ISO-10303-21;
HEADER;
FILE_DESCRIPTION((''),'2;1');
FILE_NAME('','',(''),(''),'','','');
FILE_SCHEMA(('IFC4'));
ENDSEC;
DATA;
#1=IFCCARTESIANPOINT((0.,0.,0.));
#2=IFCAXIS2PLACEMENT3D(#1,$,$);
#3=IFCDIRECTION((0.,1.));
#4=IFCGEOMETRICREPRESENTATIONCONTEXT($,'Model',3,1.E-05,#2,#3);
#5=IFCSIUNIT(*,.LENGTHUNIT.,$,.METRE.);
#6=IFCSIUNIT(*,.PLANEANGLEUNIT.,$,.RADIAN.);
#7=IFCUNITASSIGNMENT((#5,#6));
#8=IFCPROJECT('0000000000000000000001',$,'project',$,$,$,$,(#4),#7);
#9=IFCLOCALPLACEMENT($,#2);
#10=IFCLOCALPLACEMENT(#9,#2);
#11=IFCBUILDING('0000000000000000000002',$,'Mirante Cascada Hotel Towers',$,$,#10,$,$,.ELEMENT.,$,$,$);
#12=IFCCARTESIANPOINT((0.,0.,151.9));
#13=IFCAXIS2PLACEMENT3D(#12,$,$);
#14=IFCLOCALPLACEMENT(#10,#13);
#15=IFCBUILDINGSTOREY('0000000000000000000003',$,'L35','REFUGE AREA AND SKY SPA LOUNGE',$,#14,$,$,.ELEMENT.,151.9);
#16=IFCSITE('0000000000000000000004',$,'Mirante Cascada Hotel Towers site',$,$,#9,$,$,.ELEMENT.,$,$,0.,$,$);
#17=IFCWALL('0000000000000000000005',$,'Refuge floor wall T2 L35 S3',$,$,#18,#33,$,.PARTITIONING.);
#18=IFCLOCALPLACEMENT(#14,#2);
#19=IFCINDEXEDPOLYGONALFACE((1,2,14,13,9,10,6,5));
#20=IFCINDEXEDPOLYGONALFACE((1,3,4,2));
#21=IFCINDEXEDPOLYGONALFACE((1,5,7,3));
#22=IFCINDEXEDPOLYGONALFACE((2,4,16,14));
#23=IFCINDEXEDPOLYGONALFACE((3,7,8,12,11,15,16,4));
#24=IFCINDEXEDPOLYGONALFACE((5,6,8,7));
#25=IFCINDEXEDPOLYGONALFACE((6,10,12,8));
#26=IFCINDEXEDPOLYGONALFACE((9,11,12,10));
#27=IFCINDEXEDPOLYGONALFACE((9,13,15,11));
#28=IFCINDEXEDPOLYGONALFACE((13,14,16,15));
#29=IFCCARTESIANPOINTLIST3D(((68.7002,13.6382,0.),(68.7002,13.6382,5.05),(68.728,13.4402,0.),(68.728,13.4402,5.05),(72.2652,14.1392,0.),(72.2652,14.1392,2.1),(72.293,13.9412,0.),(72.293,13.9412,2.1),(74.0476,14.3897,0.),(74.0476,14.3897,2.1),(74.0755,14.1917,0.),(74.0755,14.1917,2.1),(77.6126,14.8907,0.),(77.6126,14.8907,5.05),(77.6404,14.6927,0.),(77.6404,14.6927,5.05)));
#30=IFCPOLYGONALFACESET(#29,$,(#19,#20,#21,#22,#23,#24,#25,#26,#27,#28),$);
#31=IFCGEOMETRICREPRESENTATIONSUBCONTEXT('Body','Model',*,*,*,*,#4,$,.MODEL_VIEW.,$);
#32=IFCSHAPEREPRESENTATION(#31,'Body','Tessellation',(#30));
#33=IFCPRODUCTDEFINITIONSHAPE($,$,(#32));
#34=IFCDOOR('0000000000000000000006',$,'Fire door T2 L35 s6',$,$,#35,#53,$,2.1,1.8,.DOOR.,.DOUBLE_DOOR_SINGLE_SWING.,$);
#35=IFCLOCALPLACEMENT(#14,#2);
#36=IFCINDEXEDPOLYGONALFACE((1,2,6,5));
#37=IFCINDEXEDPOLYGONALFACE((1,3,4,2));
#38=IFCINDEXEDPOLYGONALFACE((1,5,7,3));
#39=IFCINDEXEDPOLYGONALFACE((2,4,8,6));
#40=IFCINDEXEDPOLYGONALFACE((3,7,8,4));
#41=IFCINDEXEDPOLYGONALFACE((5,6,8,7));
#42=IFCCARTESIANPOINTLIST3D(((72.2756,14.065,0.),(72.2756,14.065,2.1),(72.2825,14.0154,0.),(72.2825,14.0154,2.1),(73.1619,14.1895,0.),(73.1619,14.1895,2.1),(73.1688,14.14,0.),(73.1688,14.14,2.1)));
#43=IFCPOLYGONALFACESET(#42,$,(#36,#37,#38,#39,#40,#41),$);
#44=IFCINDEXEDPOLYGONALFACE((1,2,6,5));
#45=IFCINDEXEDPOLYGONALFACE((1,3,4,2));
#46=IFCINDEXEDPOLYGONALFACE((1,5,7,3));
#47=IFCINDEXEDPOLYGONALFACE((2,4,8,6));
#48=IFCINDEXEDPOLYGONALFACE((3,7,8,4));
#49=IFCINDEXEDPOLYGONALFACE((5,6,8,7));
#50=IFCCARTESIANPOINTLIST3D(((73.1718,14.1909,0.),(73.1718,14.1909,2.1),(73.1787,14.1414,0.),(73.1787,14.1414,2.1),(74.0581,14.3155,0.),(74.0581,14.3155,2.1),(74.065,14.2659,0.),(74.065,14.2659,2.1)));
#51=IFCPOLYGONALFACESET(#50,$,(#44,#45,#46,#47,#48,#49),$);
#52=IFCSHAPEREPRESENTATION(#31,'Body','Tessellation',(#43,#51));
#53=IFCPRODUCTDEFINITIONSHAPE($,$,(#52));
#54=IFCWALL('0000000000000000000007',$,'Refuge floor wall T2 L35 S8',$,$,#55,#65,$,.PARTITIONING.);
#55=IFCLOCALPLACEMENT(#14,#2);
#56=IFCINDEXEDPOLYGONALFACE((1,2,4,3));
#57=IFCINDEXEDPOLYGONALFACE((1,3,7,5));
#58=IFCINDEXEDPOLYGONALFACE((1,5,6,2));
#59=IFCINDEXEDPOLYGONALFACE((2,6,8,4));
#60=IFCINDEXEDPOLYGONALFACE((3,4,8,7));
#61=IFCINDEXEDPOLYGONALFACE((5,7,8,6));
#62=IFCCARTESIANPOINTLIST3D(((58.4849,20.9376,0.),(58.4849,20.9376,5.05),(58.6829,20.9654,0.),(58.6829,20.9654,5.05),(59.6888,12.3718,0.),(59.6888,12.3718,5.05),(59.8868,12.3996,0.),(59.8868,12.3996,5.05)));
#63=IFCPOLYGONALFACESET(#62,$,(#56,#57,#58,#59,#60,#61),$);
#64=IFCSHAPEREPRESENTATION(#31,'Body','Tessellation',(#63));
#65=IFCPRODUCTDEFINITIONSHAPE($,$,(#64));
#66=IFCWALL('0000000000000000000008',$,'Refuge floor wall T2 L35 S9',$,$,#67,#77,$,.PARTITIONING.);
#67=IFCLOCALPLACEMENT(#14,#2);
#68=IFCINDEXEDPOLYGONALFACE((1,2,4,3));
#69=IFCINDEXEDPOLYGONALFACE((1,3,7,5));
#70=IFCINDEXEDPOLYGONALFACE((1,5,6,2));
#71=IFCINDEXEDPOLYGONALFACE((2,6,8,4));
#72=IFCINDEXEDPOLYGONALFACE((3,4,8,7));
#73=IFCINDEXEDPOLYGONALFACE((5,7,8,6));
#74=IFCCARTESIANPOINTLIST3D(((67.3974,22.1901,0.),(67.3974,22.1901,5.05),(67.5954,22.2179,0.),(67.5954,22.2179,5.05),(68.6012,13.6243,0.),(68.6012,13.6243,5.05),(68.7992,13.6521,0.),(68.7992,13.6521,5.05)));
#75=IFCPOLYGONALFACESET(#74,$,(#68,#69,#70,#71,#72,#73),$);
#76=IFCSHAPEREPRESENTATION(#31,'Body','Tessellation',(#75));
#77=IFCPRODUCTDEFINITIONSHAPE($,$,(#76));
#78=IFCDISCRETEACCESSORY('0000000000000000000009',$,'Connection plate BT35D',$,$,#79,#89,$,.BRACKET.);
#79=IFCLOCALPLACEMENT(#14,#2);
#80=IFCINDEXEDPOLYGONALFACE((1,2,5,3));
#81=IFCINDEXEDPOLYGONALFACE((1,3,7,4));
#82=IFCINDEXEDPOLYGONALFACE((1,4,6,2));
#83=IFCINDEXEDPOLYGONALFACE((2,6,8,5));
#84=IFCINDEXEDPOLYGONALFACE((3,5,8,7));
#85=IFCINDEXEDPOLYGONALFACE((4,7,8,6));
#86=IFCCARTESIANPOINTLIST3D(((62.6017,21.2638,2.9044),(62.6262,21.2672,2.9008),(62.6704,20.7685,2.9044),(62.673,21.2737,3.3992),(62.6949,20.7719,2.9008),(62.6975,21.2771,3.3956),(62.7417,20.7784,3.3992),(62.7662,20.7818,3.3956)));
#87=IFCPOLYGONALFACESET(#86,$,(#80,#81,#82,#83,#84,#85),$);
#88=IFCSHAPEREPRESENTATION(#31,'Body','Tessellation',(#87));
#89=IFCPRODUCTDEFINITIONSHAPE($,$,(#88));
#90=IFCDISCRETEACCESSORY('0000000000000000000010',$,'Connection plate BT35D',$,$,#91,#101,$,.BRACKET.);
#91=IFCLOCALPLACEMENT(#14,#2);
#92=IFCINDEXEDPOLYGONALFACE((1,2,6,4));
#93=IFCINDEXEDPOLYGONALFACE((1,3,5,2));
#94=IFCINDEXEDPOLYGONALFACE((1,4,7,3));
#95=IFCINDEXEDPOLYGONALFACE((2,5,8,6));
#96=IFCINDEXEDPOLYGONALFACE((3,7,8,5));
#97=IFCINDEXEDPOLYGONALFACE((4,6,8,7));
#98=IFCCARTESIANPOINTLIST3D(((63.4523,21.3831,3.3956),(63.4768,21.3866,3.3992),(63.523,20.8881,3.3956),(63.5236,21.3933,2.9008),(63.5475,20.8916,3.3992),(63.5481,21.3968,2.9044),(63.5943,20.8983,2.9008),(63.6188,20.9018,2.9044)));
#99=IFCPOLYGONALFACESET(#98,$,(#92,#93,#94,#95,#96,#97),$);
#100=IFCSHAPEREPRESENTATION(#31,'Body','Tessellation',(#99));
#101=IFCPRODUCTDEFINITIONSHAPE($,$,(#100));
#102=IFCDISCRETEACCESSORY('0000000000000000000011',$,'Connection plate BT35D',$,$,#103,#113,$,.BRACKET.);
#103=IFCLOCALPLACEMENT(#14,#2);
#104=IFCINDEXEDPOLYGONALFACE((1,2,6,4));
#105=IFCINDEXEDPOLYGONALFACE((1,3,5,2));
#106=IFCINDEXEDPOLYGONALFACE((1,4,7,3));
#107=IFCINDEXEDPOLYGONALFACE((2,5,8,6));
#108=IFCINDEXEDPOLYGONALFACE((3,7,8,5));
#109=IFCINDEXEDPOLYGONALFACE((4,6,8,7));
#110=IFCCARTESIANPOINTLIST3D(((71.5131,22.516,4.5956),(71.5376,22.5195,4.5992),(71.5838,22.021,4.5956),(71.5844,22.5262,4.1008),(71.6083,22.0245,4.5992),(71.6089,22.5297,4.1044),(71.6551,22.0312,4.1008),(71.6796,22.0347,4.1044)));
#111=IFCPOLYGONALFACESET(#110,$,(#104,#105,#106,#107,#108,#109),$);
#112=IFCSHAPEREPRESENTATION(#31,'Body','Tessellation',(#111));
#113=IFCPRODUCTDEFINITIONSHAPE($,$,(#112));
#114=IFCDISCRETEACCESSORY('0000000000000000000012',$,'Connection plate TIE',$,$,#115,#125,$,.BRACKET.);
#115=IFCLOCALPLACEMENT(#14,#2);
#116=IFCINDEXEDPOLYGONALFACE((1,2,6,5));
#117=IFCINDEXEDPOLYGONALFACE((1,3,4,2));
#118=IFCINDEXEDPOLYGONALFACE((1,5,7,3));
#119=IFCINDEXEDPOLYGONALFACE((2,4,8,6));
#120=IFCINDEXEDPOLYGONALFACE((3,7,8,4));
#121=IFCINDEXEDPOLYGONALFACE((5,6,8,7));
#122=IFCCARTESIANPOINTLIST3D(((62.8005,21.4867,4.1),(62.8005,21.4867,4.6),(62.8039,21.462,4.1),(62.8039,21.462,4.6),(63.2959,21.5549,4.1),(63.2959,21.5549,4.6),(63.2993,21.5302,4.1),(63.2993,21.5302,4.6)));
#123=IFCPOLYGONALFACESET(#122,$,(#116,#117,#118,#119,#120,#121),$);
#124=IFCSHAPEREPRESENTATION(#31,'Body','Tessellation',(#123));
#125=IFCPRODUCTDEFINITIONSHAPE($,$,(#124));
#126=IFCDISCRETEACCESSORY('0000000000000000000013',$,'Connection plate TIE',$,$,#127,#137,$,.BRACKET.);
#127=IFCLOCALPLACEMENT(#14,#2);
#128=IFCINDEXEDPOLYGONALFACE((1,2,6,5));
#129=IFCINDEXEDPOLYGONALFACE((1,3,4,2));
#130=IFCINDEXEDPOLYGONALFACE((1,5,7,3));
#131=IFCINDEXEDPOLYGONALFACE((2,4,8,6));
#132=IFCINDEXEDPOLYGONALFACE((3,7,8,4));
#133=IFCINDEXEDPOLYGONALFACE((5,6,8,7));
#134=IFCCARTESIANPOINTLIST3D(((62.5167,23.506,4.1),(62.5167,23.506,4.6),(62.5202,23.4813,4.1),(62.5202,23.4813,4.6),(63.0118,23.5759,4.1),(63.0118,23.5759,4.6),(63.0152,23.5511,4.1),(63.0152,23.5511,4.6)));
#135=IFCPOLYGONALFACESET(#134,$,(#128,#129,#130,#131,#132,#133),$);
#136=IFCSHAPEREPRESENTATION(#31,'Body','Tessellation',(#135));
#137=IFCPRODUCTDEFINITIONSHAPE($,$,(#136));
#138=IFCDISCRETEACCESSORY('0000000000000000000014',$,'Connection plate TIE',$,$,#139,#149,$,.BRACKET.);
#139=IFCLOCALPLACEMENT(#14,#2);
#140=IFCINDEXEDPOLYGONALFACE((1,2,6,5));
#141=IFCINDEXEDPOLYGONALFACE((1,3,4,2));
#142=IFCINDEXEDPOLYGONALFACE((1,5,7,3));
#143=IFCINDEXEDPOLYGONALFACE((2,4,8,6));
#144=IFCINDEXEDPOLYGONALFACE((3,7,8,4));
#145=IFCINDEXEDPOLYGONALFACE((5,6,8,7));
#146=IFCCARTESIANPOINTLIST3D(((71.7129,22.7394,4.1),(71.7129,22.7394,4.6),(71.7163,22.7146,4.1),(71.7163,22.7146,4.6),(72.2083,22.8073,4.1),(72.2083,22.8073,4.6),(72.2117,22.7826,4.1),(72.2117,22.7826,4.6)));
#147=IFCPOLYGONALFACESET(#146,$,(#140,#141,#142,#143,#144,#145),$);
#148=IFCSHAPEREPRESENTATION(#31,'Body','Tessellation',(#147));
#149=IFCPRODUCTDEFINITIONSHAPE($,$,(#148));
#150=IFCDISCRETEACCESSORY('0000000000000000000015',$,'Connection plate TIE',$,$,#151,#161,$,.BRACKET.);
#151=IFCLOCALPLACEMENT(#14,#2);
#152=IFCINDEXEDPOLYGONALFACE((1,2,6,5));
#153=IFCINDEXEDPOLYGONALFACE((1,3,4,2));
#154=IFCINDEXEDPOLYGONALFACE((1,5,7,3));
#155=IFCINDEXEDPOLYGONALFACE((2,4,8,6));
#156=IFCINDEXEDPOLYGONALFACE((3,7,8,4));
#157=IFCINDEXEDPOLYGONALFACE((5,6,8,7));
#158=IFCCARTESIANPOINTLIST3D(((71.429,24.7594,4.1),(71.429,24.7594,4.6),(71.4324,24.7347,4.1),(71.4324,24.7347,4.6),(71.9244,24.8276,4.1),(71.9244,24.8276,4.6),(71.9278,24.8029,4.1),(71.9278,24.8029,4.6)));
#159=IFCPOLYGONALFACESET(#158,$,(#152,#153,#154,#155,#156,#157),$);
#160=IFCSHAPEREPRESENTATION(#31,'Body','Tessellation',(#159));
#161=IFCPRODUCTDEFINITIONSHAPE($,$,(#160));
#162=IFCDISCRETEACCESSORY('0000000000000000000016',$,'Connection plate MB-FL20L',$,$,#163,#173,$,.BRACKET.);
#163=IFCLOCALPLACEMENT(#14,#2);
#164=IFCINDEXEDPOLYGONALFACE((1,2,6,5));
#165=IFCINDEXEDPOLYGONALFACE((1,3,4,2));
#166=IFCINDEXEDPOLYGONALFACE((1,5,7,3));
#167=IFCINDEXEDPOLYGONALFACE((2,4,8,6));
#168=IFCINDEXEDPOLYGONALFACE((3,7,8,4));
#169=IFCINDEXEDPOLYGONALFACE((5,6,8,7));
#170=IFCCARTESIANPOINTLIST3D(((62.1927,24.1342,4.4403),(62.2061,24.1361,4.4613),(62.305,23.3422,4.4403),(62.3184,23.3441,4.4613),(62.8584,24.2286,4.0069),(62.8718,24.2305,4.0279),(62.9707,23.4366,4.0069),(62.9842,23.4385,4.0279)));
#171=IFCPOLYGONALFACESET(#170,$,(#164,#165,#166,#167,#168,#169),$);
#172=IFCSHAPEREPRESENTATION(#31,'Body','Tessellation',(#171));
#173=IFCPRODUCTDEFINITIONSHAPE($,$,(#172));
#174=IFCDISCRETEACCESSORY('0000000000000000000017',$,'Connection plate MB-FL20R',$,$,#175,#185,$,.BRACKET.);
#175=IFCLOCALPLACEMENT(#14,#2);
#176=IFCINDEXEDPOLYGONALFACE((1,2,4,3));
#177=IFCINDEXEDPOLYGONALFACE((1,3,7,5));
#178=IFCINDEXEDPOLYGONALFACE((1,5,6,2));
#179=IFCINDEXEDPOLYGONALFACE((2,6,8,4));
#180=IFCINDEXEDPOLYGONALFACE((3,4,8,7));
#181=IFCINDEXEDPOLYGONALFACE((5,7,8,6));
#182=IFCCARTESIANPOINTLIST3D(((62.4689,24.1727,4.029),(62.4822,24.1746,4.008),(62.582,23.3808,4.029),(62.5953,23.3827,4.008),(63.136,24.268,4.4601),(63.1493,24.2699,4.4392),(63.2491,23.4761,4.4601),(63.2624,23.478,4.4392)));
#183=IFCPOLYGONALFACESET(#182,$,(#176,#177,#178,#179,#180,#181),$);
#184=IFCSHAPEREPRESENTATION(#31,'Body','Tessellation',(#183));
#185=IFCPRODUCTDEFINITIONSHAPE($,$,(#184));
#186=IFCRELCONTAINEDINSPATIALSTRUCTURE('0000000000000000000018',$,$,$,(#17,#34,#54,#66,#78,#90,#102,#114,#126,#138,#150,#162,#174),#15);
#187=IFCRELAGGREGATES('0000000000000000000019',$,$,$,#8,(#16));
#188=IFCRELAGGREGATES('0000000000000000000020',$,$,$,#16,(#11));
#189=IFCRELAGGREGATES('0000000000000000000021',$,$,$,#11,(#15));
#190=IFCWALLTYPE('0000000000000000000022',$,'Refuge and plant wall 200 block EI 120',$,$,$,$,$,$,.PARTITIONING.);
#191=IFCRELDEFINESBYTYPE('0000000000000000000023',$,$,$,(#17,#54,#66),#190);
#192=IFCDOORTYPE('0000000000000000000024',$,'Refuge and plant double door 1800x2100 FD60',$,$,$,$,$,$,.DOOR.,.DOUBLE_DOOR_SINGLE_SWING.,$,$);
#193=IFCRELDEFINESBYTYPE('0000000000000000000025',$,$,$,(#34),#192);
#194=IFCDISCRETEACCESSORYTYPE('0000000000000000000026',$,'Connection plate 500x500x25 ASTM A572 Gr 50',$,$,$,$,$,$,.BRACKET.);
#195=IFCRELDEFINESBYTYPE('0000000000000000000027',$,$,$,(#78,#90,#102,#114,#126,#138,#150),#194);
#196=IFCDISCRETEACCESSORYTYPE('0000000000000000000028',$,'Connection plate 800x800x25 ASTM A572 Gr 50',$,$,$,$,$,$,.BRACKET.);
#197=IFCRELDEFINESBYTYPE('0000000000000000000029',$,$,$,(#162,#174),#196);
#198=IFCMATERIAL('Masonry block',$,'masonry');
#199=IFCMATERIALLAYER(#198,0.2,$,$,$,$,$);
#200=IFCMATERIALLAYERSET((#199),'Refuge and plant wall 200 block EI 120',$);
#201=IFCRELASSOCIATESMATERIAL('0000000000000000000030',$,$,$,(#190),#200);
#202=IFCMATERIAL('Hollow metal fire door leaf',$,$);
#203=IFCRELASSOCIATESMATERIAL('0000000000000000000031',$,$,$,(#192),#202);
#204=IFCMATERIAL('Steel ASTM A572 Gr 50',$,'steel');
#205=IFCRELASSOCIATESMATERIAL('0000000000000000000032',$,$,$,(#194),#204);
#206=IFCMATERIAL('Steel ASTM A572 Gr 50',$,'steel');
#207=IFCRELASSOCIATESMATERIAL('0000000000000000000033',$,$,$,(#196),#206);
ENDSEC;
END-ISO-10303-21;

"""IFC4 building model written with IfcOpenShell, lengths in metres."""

from ifc_helpers import new_model, si_unit, direction, frame, frame_2d, origin, origin_2d, place, context, subcontext, project, spatial, rectangle, extrude, material, layer, layer_set, material_profile, profile_set, type_object, element, fill, save


model = new_model("IFC4")

# Units and contexts
model_context = context("Model", 3, precision=1e-05, world=origin(), true_north=direction((0.0, 1.0)))
body_context = subcontext(model_context, "Body", "Model", "MODEL_VIEW")
ifc_project = project(units=[si_unit("LENGTHUNIT", "METRE"), si_unit("PLANEANGLEUNIT", "RADIAN")], contexts=[model_context])

# Site, building, storey
site_placement = place(None, origin())
site = spatial("IfcSite", under=ifc_project, at=site_placement, Name="Mirante Cascada Hotel Towers site", CompositionType="ELEMENT", RefElevation=0.0)
building_placement = place(site_placement, origin())
building = spatial("IfcBuilding", under=site, at=building_placement, Name="Mirante Cascada Hotel Towers", CompositionType="ELEMENT")
storey_placement = place(building_placement, frame((0.0, 0.0, 151.9)))
storey = spatial("IfcBuildingStorey", under=building, at=storey_placement, Name="L35", Description="REFUGE AREA AND SKY SPA LOUNGE", CompositionType="ELEMENT", Elevation=151.9)

# Wall, opening, door
ifc_material_1 = material(Name="Masonry block", Category="masonry")
ifc_layer_1 = layer(ifc_material_1, 0.2)
ifc_layer_set_1 = layer_set([ifc_layer_1], Name="Refuge and plant wall 200 block EI 120")
wall_type_1 = type_object("IfcWallType", Name="Refuge and plant wall 200 block EI 120", PredefinedType="PARTITIONING", material=ifc_layer_set_1)
ifc_material_2 = material(Name="Hollow metal fire door leaf")
door_type = type_object("IfcDoorType", Name="Refuge and plant double door 1800x2100 FD60", OperationType="DOUBLE_DOOR_SINGLE_SWING", PredefinedType="DOOR", material=ifc_material_2)
wall_1_placement = place(storey_placement, frame((68.7141, 13.5392, 0.0), z_axis=(0.0, 0.0, 1.0), x_axis=(0.990269, 0.139167, 0.0)))
wall_1 = element("IfcWall", 1, at=wall_1_placement, inside=storey, type_object=wall_type_1, Name="Refuge floor wall T2 L35 S3", PredefinedType="PARTITIONING", context=body_context, shape_type="SweptSolid", body=[
    extrude(rectangle(XDim=9.0, YDim=0.2, at=frame_2d((4.5, 0.0))), origin(), (0.0, 0.0, 1.0), 5.05),
])
opening_1_placement = place(wall_1_placement, frame((3.6, 0.0, 0.0)))
opening_1 = element("IfcOpeningElement", 2, at=opening_1_placement, cuts=wall_1, PredefinedType="OPENING", context=body_context, shape_type="SweptSolid", body=[
    extrude(rectangle(XDim=1.8, YDim=2.1, at=frame_2d((0.9, 1.05))), frame((0.0, 0.1, 0.0), z_axis=(0.0, -1.0, 0.0), x_axis=(1.0, 0.0, 0.0)), (0.0, 0.0, 1.0), 0.2),
])
door_1_placement = place(opening_1_placement, origin())
door_1 = element("IfcDoor", 3, at=door_1_placement, inside=storey, type_object=door_type, Name="Fire door T2 L35 s6", OperationType="DOUBLE_DOOR_SINGLE_SWING", OverallHeight=2.1, OverallWidth=1.8, PredefinedType="DOOR", context=body_context, shape_type="SweptSolid", body=[
    extrude(rectangle(XDim=0.895, YDim=2.1, at=frame_2d((0.4475, 1.05))), frame((0.0, 0.025, 0.0), z_axis=(0.0, -1.0, 0.0), x_axis=(1.0, 0.0, 0.0)), (0.0, 0.0, 1.0), 0.05),
    extrude(rectangle(XDim=0.895, YDim=2.1, at=frame_2d((1.3525, 1.05))), frame((0.0, 0.025, 0.0), z_axis=(0.0, -1.0, 0.0), x_axis=(1.0, 0.0, 0.0)), (0.0, 0.0, 1.0), 0.05),
])
fill(opening_1, door_1)

# Walls
for number, where, z_axis, x_axis, name in (
    (4, (59.7878, 12.3857, 0.0), (0.0, 0.0, 1.0), (-0.139179, 0.990267, 0.0), "Refuge floor wall T2 L35 S8"),
    (5, (68.7002, 13.6382, 0.0), (0.0, 0.0, 1.0), (-0.139168, 0.990269, 0.0), "Refuge floor wall T2 L35 S9"),
):
    element("IfcWall", number, at=place(storey_placement, frame(where, z_axis=z_axis, x_axis=x_axis)), inside=storey, type_object=wall_type_1, Name=name, PredefinedType="PARTITIONING", context=body_context, shape_type="SweptSolid", body=[
        extrude(rectangle(XDim=8.65, YDim=0.2, at=frame_2d((4.325, 0.0))), origin(), (0.0, 0.0, 1.0), 5.05),
    ])

# Discrete accessories
ifc_material_3 = material(Name="Steel ASTM A572 Gr 50", Category="steel")
ifc_material_profile_1 = material_profile(ifc_material_3, rectangle(XDim=0.5, YDim=0.5, at=origin_2d()), Name="Connection plate 500x500x25 ASTM A572 Gr 50")
ifc_profile_set_1 = profile_set([ifc_material_profile_1], Name="Steel ASTM A572 Gr 50")
discrete_accessory_type_1 = type_object("IfcDiscreteAccessoryType", Name="Connection plate 500x500x25 ASTM A572 Gr 50", PredefinedType="BRACKET", material=ifc_profile_set_1)
for number, where, z_axis, x_axis, name in (
    (6, (62.6717, 21.0211, 3.1518), (0.98018, 0.136025, -0.144027), (-0.137458, 0.990508, 0.0), "Connection plate BT35D"),
    (7, (63.5233, 21.1407, 3.1482), (0.97964, 0.139949, 0.143947), (-0.141421, 0.98995, 0.0), "Connection plate BT35D"),
    (8, (71.5841, 22.2736, 4.3482), (0.97964, 0.139949, 0.143947), (-0.141421, 0.98995, 0.0), "Connection plate BT35D"),
):
    element("IfcDiscreteAccessory", number, at=place(storey_placement, frame(where, z_axis=z_axis, x_axis=x_axis)), inside=storey, type_object=discrete_accessory_type_1, Name=name, PredefinedType="BRACKET", context=body_context, shape_type="SweptSolid", body=[
        extrude(rectangle(XDim=0.5, YDim=0.5, at=origin_2d()), origin(), (0.0, 0.0, 1.0), 0.025),
    ])
discrete_accessory_1_placement = place(storey_placement, frame((63.0516, 21.4961, 4.35), z_axis=(-0.136366, 0.990658, 0.0), x_axis=(-0.990658, -0.136366, 0.0)))
element("IfcDiscreteAccessory", 9, at=discrete_accessory_1_placement, inside=storey, type_object=discrete_accessory_type_1, Name="Connection plate TIE", PredefinedType="BRACKET", context=body_context, shape_type="SweptSolid", body=[
    extrude(rectangle(XDim=0.5, YDim=0.5, at=origin_2d()), origin(), (0.0, 0.0, 1.0), 0.0249),
])
for number, where, z_axis, x_axis, name in (
    (10, (62.7677, 23.5162, 4.35), (-0.139744, 0.990188, 0.0), (-0.990188, -0.139744, 0.0), "Connection plate TIE"),
    (11, (71.964, 22.7486, 4.35), (-0.135826, 0.990733, 0.0), (-0.990733, -0.135826, 0.0), "Connection plate TIE"),
):
    element("IfcDiscreteAccessory", number, at=place(storey_placement, frame(where, z_axis=z_axis, x_axis=x_axis)), inside=storey, type_object=discrete_accessory_type_1, Name=name, PredefinedType="BRACKET", context=body_context, shape_type="SweptSolid", body=[
        extrude(rectangle(XDim=0.5, YDim=0.5, at=origin_2d()), origin(), (0.0, 0.0, 1.0), 0.025),
    ])
discrete_accessory_2_placement = place(storey_placement, frame((71.6801, 24.7688, 4.35), z_axis=(-0.136366, 0.990658, 0.0), x_axis=(-0.990658, -0.136366, 0.0)))
element("IfcDiscreteAccessory", 12, at=discrete_accessory_2_placement, inside=storey, type_object=discrete_accessory_type_1, Name="Connection plate TIE", PredefinedType="BRACKET", context=body_context, shape_type="SweptSolid", body=[
    extrude(rectangle(XDim=0.5, YDim=0.5, at=origin_2d()), origin(), (0.0, 0.0, 1.0), 0.0249),
])
ifc_material_4 = material(Name="Steel ASTM A572 Gr 50", Category="steel")
ifc_material_profile_2 = material_profile(ifc_material_4, rectangle(XDim=0.8, YDim=0.8, at=origin_2d()), Name="Connection plate 800x800x25 ASTM A572 Gr 50")
ifc_profile_set_2 = profile_set([ifc_material_profile_2], Name="Steel ASTM A572 Gr 50")
discrete_accessory_type_2 = type_object("IfcDiscreteAccessoryType", Name="Connection plate 800x800x25 ASTM A572 Gr 50", PredefinedType="BRACKET", material=ifc_profile_set_2)
discrete_accessory_3_placement = place(storey_placement, frame((62.5817, 23.7854, 4.2236), z_axis=(0.536356, 0.07605, 0.840558), x_axis=(-0.140387, 0.990097, 0.0)))
element("IfcDiscreteAccessory", 13, at=discrete_accessory_3_placement, inside=storey, type_object=discrete_accessory_type_2, Name="Connection plate MB-FL20L", PredefinedType="BRACKET", context=body_context, shape_type="SweptSolid", body=[
    extrude(rectangle(XDim=0.8, YDim=0.8, at=origin_2d()), origin(), (0.0, 0.0, 1.0), 0.025),
])
discrete_accessory_4_placement = place(storey_placement, frame((62.8723, 23.8263, 4.2236), z_axis=(-0.533496, -0.076214, 0.842362), x_axis=(0.141421, -0.98995, 0.0)))
element("IfcDiscreteAccessory", 14, at=discrete_accessory_4_placement, inside=storey, type_object=discrete_accessory_type_2, Name="Connection plate MB-FL20R", PredefinedType="BRACKET", context=body_context, shape_type="SweptSolid", body=[
    extrude(rectangle(XDim=0.8, YDim=0.8, at=origin_2d()), origin(), (0.0, 0.0, 1.0), 0.0249),
])

save(model, "model.ifc")
